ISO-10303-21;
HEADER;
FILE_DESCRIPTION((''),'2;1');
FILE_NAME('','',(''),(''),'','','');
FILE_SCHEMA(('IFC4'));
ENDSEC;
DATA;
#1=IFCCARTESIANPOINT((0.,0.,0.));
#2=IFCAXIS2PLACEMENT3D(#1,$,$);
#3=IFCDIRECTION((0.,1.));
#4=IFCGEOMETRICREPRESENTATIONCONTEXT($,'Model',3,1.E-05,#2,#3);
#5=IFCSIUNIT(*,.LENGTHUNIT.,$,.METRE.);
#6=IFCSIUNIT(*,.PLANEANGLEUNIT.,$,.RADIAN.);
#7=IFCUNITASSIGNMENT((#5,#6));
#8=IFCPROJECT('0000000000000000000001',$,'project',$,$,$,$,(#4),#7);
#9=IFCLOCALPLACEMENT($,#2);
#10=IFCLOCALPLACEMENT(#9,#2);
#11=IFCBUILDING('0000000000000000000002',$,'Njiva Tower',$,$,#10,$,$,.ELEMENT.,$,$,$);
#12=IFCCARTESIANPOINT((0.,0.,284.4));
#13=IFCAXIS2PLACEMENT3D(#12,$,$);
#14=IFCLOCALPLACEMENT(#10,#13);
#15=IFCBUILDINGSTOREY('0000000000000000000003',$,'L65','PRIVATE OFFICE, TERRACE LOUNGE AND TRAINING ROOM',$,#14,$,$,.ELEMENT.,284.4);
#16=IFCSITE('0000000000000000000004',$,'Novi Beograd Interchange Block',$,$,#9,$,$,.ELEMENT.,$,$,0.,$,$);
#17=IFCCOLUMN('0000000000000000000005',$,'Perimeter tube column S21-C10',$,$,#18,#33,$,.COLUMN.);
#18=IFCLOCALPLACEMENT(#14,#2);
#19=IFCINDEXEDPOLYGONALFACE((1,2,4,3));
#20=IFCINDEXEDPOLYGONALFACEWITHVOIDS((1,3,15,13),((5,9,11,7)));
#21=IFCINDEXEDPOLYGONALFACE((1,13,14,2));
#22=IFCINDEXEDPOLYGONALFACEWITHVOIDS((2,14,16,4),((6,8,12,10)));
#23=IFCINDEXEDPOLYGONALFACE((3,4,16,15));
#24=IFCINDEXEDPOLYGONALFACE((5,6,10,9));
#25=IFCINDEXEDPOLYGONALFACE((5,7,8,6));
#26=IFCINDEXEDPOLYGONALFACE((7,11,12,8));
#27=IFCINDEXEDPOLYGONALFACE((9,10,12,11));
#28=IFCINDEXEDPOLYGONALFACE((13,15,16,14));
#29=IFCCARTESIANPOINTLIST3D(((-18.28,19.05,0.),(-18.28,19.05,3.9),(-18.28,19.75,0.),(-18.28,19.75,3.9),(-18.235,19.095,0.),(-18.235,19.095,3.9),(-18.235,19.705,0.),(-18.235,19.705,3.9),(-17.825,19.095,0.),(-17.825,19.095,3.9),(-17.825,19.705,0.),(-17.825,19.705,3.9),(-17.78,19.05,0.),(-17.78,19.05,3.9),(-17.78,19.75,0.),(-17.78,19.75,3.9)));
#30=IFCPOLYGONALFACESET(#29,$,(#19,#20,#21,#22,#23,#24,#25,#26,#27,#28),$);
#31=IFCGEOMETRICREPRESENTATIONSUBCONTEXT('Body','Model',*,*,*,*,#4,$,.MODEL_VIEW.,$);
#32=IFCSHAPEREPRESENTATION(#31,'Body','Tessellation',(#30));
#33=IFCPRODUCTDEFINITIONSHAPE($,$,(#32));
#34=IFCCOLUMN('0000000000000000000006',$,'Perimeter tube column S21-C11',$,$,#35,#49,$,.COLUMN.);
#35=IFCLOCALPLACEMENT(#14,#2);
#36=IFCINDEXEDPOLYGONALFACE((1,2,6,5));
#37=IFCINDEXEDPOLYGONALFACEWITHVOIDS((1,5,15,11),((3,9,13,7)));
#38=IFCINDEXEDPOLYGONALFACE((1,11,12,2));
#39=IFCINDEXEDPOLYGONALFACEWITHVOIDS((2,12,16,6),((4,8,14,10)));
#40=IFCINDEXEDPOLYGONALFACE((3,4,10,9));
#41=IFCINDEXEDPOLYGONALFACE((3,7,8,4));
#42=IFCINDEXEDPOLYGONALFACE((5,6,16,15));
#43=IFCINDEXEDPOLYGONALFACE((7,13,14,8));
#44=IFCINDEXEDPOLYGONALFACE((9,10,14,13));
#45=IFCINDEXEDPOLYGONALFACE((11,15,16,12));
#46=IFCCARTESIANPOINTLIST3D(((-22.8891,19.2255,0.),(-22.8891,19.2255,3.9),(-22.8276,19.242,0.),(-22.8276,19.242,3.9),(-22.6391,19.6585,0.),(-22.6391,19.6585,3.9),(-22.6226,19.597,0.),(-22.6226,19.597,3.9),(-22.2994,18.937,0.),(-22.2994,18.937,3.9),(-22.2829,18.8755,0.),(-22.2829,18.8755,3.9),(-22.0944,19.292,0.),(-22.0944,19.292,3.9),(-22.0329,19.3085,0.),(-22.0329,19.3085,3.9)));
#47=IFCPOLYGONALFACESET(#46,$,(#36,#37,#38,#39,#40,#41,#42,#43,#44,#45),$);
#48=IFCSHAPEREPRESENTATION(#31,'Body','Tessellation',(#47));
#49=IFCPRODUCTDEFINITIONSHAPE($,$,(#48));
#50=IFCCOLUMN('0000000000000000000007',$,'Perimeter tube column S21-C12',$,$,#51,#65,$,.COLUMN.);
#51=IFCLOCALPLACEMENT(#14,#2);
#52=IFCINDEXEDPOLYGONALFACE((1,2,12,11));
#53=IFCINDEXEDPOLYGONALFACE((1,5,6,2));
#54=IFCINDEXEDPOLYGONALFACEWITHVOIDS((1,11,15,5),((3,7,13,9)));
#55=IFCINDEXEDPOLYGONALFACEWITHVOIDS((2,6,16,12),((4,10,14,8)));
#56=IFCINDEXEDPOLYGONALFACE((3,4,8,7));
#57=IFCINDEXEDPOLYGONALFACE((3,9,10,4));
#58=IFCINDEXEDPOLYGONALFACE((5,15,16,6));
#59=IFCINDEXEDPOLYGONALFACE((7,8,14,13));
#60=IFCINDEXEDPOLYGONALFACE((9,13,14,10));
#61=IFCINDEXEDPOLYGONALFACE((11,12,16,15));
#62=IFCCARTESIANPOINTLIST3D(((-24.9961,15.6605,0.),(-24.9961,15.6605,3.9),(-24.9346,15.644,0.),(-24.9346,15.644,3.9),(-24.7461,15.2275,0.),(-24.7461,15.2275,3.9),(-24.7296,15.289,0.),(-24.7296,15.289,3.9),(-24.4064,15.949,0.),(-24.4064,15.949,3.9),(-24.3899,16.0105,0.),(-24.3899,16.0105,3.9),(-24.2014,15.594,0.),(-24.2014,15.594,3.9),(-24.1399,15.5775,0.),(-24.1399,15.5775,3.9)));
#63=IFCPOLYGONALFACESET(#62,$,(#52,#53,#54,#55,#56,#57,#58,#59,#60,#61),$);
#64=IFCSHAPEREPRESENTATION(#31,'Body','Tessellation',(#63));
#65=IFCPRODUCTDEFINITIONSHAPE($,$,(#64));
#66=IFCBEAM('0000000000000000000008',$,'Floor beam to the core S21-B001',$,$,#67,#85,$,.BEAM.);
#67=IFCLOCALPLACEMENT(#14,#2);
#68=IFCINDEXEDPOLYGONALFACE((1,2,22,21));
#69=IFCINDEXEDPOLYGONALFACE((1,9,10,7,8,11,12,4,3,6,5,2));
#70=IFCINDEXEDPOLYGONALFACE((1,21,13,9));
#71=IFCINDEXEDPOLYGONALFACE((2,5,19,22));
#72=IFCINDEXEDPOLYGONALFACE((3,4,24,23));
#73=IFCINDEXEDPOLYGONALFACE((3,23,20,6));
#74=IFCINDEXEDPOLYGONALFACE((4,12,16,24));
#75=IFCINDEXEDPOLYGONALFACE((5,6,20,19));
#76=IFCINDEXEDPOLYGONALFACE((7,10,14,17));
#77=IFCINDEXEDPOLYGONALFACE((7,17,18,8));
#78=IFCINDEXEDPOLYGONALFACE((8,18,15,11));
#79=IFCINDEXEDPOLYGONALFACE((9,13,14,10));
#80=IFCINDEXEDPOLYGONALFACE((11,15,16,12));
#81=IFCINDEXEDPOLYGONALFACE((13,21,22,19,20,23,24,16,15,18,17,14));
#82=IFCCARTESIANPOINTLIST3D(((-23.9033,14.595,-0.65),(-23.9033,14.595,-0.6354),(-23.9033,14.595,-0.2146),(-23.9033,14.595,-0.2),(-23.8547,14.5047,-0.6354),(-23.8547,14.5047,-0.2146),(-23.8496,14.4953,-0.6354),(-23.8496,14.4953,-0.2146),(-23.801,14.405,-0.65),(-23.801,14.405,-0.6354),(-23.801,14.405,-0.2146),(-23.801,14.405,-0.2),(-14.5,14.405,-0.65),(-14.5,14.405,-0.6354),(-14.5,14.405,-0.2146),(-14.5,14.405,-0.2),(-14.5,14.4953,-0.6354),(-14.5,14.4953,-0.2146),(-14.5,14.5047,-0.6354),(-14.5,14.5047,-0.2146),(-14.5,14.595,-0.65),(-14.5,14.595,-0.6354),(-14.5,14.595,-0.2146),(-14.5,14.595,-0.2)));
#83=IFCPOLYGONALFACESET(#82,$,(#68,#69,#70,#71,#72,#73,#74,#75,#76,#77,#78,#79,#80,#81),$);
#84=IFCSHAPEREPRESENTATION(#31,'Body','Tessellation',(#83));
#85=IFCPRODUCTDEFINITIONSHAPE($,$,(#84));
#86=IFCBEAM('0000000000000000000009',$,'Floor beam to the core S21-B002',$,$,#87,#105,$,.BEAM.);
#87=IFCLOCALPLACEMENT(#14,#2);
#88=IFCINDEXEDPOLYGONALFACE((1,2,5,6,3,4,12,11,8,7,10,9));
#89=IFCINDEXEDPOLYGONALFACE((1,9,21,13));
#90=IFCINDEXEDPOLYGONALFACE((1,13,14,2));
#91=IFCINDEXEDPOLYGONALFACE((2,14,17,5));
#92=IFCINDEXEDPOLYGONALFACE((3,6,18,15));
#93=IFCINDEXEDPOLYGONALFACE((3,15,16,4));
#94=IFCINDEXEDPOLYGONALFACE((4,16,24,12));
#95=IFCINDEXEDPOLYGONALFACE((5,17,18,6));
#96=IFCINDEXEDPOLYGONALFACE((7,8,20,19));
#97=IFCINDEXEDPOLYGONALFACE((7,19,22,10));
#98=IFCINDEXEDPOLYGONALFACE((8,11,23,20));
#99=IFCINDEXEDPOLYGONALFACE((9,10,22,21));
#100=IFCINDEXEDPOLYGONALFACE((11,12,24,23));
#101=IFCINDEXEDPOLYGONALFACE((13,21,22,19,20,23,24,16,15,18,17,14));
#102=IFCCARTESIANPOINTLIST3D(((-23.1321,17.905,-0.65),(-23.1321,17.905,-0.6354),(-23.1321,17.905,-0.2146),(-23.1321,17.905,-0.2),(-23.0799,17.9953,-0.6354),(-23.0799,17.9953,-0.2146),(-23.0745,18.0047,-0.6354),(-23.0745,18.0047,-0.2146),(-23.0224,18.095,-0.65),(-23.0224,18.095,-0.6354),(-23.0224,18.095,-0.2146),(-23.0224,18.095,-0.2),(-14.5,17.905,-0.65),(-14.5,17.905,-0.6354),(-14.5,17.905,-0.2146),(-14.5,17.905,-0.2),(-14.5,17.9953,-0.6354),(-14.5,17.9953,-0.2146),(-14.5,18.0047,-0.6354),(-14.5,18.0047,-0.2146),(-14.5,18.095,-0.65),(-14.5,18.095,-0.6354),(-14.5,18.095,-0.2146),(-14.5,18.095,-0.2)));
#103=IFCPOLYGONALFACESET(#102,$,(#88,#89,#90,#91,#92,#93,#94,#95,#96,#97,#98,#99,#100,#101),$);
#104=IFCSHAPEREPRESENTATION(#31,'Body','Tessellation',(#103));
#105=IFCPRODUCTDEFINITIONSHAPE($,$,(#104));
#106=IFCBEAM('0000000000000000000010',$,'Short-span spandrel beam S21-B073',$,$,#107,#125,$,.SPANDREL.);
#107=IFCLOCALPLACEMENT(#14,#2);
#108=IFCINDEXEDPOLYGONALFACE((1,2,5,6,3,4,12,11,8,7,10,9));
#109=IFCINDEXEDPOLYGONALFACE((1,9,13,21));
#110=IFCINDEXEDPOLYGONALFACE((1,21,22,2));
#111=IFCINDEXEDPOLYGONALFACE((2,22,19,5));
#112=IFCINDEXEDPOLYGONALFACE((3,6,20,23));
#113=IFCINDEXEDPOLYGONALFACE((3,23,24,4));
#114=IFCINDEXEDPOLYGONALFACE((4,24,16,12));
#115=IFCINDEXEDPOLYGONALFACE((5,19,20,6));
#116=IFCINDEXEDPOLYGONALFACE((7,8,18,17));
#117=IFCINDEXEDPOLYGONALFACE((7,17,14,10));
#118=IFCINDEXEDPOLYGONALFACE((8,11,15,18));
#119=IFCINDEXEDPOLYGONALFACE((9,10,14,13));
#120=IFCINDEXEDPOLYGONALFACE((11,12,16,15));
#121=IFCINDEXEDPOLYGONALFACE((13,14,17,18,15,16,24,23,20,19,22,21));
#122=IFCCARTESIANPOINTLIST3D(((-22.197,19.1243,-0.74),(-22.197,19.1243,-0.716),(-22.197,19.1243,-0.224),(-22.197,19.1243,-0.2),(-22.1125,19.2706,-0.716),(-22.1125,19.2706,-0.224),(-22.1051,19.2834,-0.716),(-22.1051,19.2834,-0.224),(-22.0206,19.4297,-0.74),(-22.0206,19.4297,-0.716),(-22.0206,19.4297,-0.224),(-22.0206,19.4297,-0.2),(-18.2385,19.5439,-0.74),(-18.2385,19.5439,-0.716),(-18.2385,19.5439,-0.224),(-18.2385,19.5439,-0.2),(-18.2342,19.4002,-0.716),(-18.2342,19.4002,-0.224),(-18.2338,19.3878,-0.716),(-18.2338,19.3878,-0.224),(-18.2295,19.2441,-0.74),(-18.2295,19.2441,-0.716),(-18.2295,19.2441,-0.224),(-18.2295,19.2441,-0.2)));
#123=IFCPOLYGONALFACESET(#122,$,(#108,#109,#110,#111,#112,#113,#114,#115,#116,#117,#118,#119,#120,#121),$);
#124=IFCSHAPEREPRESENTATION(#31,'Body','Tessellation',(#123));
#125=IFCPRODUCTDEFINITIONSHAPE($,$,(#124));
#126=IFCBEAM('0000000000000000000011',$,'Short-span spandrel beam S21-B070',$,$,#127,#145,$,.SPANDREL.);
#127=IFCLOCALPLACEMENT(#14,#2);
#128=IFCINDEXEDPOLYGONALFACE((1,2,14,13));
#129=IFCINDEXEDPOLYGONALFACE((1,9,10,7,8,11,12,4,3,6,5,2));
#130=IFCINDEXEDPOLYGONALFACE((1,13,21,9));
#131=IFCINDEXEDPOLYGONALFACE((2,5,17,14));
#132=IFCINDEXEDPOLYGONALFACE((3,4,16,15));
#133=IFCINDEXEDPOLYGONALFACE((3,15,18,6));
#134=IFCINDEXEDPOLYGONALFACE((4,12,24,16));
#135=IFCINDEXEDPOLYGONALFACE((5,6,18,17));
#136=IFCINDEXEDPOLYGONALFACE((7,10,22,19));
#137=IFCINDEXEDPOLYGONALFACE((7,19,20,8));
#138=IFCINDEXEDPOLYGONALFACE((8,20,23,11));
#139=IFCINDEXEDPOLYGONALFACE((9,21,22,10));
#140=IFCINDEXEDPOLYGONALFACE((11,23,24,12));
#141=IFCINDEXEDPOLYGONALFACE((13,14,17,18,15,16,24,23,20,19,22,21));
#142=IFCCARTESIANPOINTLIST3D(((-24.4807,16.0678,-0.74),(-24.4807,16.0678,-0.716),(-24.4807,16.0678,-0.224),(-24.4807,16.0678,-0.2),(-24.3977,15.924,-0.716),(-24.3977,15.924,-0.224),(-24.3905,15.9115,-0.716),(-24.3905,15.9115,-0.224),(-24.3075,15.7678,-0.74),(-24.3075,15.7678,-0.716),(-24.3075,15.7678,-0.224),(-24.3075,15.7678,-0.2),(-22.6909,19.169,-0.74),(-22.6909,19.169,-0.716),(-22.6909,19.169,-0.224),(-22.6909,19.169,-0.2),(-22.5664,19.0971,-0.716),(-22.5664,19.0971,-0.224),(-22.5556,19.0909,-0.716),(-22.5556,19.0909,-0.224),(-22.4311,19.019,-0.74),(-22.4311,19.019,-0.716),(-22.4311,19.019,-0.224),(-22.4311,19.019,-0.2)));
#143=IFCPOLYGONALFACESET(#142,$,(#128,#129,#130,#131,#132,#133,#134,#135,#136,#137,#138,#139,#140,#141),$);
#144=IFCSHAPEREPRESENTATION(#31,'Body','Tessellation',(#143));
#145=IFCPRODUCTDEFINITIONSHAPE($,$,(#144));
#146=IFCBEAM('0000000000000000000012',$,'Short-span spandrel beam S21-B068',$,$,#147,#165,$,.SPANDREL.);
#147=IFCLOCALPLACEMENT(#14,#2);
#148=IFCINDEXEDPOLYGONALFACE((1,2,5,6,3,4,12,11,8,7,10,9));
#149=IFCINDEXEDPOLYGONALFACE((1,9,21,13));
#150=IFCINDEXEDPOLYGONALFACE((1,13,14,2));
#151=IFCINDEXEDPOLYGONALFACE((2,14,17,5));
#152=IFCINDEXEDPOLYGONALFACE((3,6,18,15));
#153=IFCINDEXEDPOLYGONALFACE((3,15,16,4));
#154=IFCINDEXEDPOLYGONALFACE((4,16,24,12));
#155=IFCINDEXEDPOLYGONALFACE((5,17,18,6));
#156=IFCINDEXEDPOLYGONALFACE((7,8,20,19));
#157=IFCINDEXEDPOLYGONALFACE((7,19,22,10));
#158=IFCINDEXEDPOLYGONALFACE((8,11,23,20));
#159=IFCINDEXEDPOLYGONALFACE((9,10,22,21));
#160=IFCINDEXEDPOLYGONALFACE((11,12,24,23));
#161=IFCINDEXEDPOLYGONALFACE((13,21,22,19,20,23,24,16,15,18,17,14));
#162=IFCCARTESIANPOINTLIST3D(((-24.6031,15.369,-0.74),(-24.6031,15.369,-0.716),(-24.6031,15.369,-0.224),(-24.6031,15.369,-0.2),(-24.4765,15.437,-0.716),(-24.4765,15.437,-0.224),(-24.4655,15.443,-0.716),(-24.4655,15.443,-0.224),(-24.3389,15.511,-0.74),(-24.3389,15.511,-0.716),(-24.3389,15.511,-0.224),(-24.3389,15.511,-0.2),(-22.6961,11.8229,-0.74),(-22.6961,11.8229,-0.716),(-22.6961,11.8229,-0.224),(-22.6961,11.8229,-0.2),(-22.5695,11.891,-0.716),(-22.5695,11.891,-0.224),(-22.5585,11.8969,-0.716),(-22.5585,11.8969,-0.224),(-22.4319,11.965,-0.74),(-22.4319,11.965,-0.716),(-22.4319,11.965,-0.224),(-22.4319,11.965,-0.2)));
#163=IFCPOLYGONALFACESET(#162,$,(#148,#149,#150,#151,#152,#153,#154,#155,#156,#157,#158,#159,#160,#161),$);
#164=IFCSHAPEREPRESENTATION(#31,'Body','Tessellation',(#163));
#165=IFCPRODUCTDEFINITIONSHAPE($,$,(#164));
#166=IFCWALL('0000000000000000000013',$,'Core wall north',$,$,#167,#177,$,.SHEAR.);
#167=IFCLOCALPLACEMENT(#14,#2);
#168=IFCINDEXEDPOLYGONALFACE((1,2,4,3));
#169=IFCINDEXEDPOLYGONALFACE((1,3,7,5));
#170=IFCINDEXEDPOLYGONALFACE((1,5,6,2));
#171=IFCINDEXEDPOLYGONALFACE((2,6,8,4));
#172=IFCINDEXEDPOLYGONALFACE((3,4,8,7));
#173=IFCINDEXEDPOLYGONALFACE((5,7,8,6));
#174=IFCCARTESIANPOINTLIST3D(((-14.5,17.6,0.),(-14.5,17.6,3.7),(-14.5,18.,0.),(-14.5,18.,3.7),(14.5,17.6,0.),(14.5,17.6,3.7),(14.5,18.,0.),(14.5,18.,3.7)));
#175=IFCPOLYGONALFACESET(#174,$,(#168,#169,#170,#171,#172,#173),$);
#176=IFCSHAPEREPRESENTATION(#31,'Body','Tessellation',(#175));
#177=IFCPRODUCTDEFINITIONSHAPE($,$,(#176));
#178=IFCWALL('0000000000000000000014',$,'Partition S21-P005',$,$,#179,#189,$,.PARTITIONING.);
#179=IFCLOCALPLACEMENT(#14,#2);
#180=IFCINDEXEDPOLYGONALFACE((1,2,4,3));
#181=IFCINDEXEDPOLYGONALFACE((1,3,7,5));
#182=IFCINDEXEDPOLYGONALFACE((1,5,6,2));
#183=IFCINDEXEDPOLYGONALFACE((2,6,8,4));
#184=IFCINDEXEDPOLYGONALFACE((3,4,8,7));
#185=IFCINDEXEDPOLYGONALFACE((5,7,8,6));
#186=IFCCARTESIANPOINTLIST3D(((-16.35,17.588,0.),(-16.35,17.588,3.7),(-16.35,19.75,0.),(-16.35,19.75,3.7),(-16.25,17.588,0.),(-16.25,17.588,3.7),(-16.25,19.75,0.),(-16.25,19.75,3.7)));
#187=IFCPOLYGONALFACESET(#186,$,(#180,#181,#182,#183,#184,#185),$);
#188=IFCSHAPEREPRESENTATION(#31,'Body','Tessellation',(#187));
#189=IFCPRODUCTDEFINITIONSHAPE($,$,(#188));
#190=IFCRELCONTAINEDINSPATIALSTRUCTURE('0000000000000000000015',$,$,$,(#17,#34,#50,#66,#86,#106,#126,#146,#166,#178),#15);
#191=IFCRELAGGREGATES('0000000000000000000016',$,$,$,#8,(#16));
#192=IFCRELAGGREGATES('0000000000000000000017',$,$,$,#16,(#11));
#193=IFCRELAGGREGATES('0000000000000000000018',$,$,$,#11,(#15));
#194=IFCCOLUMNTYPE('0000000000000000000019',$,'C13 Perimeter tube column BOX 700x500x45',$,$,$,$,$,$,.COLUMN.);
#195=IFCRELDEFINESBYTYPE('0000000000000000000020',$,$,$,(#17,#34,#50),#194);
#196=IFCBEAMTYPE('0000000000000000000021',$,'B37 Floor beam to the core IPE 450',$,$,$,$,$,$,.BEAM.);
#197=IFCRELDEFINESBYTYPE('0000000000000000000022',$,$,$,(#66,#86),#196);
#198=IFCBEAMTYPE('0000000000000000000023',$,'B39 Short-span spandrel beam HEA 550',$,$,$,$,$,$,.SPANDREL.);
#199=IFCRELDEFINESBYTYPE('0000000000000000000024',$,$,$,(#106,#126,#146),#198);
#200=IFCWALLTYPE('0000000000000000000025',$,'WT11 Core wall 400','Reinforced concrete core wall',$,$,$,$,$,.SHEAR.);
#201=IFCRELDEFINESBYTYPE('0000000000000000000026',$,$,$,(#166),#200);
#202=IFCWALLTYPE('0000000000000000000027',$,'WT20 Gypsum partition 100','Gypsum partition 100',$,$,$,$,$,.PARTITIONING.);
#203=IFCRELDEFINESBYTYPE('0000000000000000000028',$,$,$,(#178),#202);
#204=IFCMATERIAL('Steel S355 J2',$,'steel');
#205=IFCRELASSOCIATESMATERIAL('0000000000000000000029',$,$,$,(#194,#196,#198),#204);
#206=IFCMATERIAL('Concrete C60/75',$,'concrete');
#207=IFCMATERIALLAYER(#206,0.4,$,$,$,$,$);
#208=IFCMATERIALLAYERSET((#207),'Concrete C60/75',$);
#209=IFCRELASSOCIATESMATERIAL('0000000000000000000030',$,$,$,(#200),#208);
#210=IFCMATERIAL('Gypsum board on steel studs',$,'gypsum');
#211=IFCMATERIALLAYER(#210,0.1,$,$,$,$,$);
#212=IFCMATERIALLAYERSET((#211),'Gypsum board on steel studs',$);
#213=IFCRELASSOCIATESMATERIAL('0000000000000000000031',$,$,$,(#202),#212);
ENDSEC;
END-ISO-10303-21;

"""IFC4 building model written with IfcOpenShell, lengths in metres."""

from ifc_helpers import new_model, si_unit, direction, frame, frame_2d, origin, origin_2d, place, context, subcontext, project, spatial, rectangle, hollow_rectangle, i_section, extrude, clip, halfspace, material, layer, layer_set, material_profile, profile_set, type_object, element, save


model = new_model("IFC4")

# Units and contexts
model_context = context("Model", 3, precision=1e-05, world=origin(), true_north=direction((0.0, 1.0)))
body_context = subcontext(model_context, "Body", "Model", "MODEL_VIEW")
ifc_project = project(units=[si_unit("LENGTHUNIT", "METRE"), si_unit("PLANEANGLEUNIT", "RADIAN")], contexts=[model_context])

# Site, building, storey
site_placement = place(None, origin())
site = spatial("IfcSite", under=ifc_project, at=site_placement, Name="Novi Beograd Interchange Block", CompositionType="ELEMENT", RefElevation=0.0)
building_placement = place(site_placement, origin())
building = spatial("IfcBuilding", under=site, at=building_placement, Name="Njiva Tower", CompositionType="ELEMENT")
storey_placement = place(building_placement, frame((0.0, 0.0, 284.4)))
storey = spatial("IfcBuildingStorey", under=building, at=storey_placement, Name="L65", Description="PRIVATE OFFICE, TERRACE LOUNGE AND TRAINING ROOM", CompositionType="ELEMENT", Elevation=284.4)

# Columns
ifc_material_1 = material(Name="Steel S355 J2", Category="steel")
ifc_material_profile_1 = material_profile(ifc_material_1, hollow_rectangle(XDim=0.5, YDim=0.7, WallThickness=0.045, at=origin_2d()), Name="BOX 700x500x45")
ifc_profile_set_1 = profile_set([ifc_material_profile_1], Name="Steel S355 J2")
column_type = type_object("IfcColumnType", Name="C13 Perimeter tube column BOX 700x500x45", PredefinedType="COLUMN", material=ifc_profile_set_1)
for number, where, z_axis, x_axis, name in (
    (1, (-18.03, 19.4, 0.0), (0.0, 0.0, 1.0), (-1.0, 0.0, 0.0), "Perimeter tube column S21-C10"),
    (2, (-22.461, 19.267, 0.0), (0.0, 0.0, 1.0), (-0.5, -0.866025, 0.0), "Perimeter tube column S21-C11"),
    (3, (-24.568, 15.619, 0.0), (0.0, 0.0, 1.0), (0.5, -0.866025, 0.0), "Perimeter tube column S21-C12"),
):
    element("IfcColumn", number, at=place(storey_placement, frame(where, z_axis=z_axis, x_axis=x_axis)), inside=storey, type_object=column_type, Name=name, PredefinedType="COLUMN", context=body_context, shape_type="SweptSolid", body=[
        extrude(hollow_rectangle(XDim=0.5, YDim=0.7, WallThickness=0.045, at=origin_2d()), origin(), (0.0, 0.0, 1.0), 3.9),
    ])

# Beams
ifc_material_profile_2 = material_profile(ifc_material_1, i_section(OverallWidth=0.19, OverallDepth=0.45, WebThickness=0.0094, FlangeThickness=0.0146, at=origin_2d()), Name="IPE 450")
ifc_profile_set_2 = profile_set([ifc_material_profile_2], Name="Steel S355 J2")
beam_type_1 = type_object("IfcBeamType", Name="B37 Floor beam to the core IPE 450", PredefinedType="BEAM", material=ifc_profile_set_2)
beam_1_placement = place(storey_placement, frame((-23.923, 14.5, -0.425), z_axis=(1.0, 0.0, 0.0), x_axis=(0.0, 1.0, 0.0)))
element("IfcBeam", 4, at=beam_1_placement, inside=storey, type_object=beam_type_1, Name="Floor beam to the core S21-B001", PredefinedType="BEAM", context=body_context, shape_type="Clipping", body=[
    clip(extrude(i_section(OverallWidth=0.19, OverallDepth=0.45, WebThickness=0.0094, FlangeThickness=0.0146, at=origin_2d()), origin(), (0.0, 0.0, 1.0), 9.423), halfspace(frame((-0.0237, 0.0, 0.0836), z_axis=(-0.473769, 0.0, -0.880649), x_axis=(0.0, -1.0, 0.0)), False)),
])
beam_2_placement = place(storey_placement, frame((-23.152, 18.0, -0.425), z_axis=(1.0, 0.0, 0.0), x_axis=(0.0, 1.0, 0.0)))
element("IfcBeam", 5, at=beam_2_placement, inside=storey, type_object=beam_type_1, Name="Floor beam to the core S21-B002", PredefinedType="BEAM", context=body_context, shape_type="Clipping", body=[
    clip(extrude(i_section(OverallWidth=0.19, OverallDepth=0.45, WebThickness=0.0094, FlangeThickness=0.0146, at=origin_2d()), origin(), (0.0, 0.0, 1.0), 8.652), halfspace(frame((0.025, 0.0, 0.0892), z_axis=(0.499998, 0.0, -0.866027), x_axis=(0.0, -1.0, 0.0)), False)),
])
ifc_material_profile_3 = material_profile(ifc_material_1, i_section(OverallWidth=0.3, OverallDepth=0.54, WebThickness=0.0125, FlangeThickness=0.024, at=origin_2d()), Name="HEA 550")
ifc_profile_set_3 = profile_set([ifc_material_profile_3], Name="Steel S355 J2")
beam_type_2 = type_object("IfcBeamType", Name="B39 Short-span spandrel beam HEA 550", PredefinedType="SPANDREL", material=ifc_profile_set_3)
beam_3_placement = place(storey_placement, frame((-18.234, 19.394, -0.47), z_axis=(-0.999544, -0.03018, 0.0), x_axis=(0.03018, -0.999544, 0.0)))
element("IfcBeam", 6, at=beam_3_placement, inside=storey, type_object=beam_type_2, Name="Short-span spandrel beam S21-B073", PredefinedType="SPANDREL", context=body_context, shape_type="Clipping", body=[
    clip(extrude(i_section(OverallWidth=0.3, OverallDepth=0.54, WebThickness=0.0125, FlangeThickness=0.024, at=origin_2d()), origin(), (0.0, 0.0, 1.0), 3.9898), halfspace(frame((-0.0268, 0.0, 3.86), z_axis=(-0.525907, 0.0, 0.850542), x_axis=(0.0, 1.0, 0.0)), False)),
])
beam_4_placement = place(storey_placement, frame((-22.561, 19.094, -0.47), z_axis=(-0.499864, -0.866104, 0.0), x_axis=(0.866104, -0.499864, 0.0)))
element("IfcBeam", 7, at=beam_4_placement, inside=storey, type_object=beam_type_2, Name="Short-span spandrel beam S21-B070", PredefinedType="SPANDREL", context=body_context, shape_type="Clipping", body=[
    clip(extrude(i_section(OverallWidth=0.3, OverallDepth=0.54, WebThickness=0.0125, FlangeThickness=0.024, at=origin_2d()), origin(), (0.0, 0.0, 1.0), 3.774), halfspace(frame((-0.0257, 0.0, 3.6524), z_axis=(-0.500138, 0.0, 0.865946), x_axis=(0.0, 1.0, 0.0)), False)),
])
beam_5_placement = place(storey_placement, frame((-24.471, 15.44, -0.47), z_axis=(0.473641, -0.880718, 0.0), x_axis=(0.880718, 0.473641, 0.0)))
element("IfcBeam", 8, at=beam_5_placement, inside=storey, type_object=beam_type_2, Name="Short-span spandrel beam S21-B068", PredefinedType="SPANDREL", context=body_context, shape_type="SweptSolid", body=[
    extrude(i_section(OverallWidth=0.3, OverallDepth=0.54, WebThickness=0.0125, FlangeThickness=0.024, at=origin_2d()), origin(), (0.0, 0.0, 1.0), 4.0263),
])

# Walls
ifc_material_2 = material(Name="Concrete C60/75", Category="concrete")
ifc_layer_1 = layer(ifc_material_2, 0.4)
ifc_layer_set_1 = layer_set([ifc_layer_1], Name="Concrete C60/75")
wall_type_1 = type_object("IfcWallType", Name="WT11 Core wall 400", Description="Reinforced concrete core wall", PredefinedType="SHEAR", material=ifc_layer_set_1)
wall_1_placement = place(storey_placement, frame((-14.5, 17.8, 0.0), z_axis=(0.0, 0.0, 1.0), x_axis=(1.0, 0.0, 0.0)))
element("IfcWall", 9, at=wall_1_placement, inside=storey, type_object=wall_type_1, Name="Core wall north", PredefinedType="SHEAR", context=body_context, shape_type="SweptSolid", body=[
    extrude(rectangle(XDim=29.0, YDim=0.4, at=frame_2d((14.5, 0.0))), origin(), (0.0, 0.0, 1.0), 3.7),
])
ifc_material_3 = material(Name="Gypsum board on steel studs", Category="gypsum")
ifc_layer_2 = layer(ifc_material_3, 0.1)
ifc_layer_set_2 = layer_set([ifc_layer_2], Name="Gypsum board on steel studs")
wall_type_2 = type_object("IfcWallType", Name="WT20 Gypsum partition 100", Description="Gypsum partition 100", PredefinedType="PARTITIONING", material=ifc_layer_set_2)
wall_2_placement = place(storey_placement, frame((-16.3, 17.588, 0.0), z_axis=(0.0, 0.0, 1.0), x_axis=(0.0, 1.0, 0.0)))
element("IfcWall", 10, at=wall_2_placement, inside=storey, type_object=wall_type_2, Name="Partition S21-P005", PredefinedType="PARTITIONING", context=body_context, shape_type="SweptSolid", body=[
    extrude(rectangle(XDim=2.162, YDim=0.1, at=frame_2d((1.081, 0.0))), origin(), (0.0, 0.0, 1.0), 3.7),
])

save(model, "model.ifc")
